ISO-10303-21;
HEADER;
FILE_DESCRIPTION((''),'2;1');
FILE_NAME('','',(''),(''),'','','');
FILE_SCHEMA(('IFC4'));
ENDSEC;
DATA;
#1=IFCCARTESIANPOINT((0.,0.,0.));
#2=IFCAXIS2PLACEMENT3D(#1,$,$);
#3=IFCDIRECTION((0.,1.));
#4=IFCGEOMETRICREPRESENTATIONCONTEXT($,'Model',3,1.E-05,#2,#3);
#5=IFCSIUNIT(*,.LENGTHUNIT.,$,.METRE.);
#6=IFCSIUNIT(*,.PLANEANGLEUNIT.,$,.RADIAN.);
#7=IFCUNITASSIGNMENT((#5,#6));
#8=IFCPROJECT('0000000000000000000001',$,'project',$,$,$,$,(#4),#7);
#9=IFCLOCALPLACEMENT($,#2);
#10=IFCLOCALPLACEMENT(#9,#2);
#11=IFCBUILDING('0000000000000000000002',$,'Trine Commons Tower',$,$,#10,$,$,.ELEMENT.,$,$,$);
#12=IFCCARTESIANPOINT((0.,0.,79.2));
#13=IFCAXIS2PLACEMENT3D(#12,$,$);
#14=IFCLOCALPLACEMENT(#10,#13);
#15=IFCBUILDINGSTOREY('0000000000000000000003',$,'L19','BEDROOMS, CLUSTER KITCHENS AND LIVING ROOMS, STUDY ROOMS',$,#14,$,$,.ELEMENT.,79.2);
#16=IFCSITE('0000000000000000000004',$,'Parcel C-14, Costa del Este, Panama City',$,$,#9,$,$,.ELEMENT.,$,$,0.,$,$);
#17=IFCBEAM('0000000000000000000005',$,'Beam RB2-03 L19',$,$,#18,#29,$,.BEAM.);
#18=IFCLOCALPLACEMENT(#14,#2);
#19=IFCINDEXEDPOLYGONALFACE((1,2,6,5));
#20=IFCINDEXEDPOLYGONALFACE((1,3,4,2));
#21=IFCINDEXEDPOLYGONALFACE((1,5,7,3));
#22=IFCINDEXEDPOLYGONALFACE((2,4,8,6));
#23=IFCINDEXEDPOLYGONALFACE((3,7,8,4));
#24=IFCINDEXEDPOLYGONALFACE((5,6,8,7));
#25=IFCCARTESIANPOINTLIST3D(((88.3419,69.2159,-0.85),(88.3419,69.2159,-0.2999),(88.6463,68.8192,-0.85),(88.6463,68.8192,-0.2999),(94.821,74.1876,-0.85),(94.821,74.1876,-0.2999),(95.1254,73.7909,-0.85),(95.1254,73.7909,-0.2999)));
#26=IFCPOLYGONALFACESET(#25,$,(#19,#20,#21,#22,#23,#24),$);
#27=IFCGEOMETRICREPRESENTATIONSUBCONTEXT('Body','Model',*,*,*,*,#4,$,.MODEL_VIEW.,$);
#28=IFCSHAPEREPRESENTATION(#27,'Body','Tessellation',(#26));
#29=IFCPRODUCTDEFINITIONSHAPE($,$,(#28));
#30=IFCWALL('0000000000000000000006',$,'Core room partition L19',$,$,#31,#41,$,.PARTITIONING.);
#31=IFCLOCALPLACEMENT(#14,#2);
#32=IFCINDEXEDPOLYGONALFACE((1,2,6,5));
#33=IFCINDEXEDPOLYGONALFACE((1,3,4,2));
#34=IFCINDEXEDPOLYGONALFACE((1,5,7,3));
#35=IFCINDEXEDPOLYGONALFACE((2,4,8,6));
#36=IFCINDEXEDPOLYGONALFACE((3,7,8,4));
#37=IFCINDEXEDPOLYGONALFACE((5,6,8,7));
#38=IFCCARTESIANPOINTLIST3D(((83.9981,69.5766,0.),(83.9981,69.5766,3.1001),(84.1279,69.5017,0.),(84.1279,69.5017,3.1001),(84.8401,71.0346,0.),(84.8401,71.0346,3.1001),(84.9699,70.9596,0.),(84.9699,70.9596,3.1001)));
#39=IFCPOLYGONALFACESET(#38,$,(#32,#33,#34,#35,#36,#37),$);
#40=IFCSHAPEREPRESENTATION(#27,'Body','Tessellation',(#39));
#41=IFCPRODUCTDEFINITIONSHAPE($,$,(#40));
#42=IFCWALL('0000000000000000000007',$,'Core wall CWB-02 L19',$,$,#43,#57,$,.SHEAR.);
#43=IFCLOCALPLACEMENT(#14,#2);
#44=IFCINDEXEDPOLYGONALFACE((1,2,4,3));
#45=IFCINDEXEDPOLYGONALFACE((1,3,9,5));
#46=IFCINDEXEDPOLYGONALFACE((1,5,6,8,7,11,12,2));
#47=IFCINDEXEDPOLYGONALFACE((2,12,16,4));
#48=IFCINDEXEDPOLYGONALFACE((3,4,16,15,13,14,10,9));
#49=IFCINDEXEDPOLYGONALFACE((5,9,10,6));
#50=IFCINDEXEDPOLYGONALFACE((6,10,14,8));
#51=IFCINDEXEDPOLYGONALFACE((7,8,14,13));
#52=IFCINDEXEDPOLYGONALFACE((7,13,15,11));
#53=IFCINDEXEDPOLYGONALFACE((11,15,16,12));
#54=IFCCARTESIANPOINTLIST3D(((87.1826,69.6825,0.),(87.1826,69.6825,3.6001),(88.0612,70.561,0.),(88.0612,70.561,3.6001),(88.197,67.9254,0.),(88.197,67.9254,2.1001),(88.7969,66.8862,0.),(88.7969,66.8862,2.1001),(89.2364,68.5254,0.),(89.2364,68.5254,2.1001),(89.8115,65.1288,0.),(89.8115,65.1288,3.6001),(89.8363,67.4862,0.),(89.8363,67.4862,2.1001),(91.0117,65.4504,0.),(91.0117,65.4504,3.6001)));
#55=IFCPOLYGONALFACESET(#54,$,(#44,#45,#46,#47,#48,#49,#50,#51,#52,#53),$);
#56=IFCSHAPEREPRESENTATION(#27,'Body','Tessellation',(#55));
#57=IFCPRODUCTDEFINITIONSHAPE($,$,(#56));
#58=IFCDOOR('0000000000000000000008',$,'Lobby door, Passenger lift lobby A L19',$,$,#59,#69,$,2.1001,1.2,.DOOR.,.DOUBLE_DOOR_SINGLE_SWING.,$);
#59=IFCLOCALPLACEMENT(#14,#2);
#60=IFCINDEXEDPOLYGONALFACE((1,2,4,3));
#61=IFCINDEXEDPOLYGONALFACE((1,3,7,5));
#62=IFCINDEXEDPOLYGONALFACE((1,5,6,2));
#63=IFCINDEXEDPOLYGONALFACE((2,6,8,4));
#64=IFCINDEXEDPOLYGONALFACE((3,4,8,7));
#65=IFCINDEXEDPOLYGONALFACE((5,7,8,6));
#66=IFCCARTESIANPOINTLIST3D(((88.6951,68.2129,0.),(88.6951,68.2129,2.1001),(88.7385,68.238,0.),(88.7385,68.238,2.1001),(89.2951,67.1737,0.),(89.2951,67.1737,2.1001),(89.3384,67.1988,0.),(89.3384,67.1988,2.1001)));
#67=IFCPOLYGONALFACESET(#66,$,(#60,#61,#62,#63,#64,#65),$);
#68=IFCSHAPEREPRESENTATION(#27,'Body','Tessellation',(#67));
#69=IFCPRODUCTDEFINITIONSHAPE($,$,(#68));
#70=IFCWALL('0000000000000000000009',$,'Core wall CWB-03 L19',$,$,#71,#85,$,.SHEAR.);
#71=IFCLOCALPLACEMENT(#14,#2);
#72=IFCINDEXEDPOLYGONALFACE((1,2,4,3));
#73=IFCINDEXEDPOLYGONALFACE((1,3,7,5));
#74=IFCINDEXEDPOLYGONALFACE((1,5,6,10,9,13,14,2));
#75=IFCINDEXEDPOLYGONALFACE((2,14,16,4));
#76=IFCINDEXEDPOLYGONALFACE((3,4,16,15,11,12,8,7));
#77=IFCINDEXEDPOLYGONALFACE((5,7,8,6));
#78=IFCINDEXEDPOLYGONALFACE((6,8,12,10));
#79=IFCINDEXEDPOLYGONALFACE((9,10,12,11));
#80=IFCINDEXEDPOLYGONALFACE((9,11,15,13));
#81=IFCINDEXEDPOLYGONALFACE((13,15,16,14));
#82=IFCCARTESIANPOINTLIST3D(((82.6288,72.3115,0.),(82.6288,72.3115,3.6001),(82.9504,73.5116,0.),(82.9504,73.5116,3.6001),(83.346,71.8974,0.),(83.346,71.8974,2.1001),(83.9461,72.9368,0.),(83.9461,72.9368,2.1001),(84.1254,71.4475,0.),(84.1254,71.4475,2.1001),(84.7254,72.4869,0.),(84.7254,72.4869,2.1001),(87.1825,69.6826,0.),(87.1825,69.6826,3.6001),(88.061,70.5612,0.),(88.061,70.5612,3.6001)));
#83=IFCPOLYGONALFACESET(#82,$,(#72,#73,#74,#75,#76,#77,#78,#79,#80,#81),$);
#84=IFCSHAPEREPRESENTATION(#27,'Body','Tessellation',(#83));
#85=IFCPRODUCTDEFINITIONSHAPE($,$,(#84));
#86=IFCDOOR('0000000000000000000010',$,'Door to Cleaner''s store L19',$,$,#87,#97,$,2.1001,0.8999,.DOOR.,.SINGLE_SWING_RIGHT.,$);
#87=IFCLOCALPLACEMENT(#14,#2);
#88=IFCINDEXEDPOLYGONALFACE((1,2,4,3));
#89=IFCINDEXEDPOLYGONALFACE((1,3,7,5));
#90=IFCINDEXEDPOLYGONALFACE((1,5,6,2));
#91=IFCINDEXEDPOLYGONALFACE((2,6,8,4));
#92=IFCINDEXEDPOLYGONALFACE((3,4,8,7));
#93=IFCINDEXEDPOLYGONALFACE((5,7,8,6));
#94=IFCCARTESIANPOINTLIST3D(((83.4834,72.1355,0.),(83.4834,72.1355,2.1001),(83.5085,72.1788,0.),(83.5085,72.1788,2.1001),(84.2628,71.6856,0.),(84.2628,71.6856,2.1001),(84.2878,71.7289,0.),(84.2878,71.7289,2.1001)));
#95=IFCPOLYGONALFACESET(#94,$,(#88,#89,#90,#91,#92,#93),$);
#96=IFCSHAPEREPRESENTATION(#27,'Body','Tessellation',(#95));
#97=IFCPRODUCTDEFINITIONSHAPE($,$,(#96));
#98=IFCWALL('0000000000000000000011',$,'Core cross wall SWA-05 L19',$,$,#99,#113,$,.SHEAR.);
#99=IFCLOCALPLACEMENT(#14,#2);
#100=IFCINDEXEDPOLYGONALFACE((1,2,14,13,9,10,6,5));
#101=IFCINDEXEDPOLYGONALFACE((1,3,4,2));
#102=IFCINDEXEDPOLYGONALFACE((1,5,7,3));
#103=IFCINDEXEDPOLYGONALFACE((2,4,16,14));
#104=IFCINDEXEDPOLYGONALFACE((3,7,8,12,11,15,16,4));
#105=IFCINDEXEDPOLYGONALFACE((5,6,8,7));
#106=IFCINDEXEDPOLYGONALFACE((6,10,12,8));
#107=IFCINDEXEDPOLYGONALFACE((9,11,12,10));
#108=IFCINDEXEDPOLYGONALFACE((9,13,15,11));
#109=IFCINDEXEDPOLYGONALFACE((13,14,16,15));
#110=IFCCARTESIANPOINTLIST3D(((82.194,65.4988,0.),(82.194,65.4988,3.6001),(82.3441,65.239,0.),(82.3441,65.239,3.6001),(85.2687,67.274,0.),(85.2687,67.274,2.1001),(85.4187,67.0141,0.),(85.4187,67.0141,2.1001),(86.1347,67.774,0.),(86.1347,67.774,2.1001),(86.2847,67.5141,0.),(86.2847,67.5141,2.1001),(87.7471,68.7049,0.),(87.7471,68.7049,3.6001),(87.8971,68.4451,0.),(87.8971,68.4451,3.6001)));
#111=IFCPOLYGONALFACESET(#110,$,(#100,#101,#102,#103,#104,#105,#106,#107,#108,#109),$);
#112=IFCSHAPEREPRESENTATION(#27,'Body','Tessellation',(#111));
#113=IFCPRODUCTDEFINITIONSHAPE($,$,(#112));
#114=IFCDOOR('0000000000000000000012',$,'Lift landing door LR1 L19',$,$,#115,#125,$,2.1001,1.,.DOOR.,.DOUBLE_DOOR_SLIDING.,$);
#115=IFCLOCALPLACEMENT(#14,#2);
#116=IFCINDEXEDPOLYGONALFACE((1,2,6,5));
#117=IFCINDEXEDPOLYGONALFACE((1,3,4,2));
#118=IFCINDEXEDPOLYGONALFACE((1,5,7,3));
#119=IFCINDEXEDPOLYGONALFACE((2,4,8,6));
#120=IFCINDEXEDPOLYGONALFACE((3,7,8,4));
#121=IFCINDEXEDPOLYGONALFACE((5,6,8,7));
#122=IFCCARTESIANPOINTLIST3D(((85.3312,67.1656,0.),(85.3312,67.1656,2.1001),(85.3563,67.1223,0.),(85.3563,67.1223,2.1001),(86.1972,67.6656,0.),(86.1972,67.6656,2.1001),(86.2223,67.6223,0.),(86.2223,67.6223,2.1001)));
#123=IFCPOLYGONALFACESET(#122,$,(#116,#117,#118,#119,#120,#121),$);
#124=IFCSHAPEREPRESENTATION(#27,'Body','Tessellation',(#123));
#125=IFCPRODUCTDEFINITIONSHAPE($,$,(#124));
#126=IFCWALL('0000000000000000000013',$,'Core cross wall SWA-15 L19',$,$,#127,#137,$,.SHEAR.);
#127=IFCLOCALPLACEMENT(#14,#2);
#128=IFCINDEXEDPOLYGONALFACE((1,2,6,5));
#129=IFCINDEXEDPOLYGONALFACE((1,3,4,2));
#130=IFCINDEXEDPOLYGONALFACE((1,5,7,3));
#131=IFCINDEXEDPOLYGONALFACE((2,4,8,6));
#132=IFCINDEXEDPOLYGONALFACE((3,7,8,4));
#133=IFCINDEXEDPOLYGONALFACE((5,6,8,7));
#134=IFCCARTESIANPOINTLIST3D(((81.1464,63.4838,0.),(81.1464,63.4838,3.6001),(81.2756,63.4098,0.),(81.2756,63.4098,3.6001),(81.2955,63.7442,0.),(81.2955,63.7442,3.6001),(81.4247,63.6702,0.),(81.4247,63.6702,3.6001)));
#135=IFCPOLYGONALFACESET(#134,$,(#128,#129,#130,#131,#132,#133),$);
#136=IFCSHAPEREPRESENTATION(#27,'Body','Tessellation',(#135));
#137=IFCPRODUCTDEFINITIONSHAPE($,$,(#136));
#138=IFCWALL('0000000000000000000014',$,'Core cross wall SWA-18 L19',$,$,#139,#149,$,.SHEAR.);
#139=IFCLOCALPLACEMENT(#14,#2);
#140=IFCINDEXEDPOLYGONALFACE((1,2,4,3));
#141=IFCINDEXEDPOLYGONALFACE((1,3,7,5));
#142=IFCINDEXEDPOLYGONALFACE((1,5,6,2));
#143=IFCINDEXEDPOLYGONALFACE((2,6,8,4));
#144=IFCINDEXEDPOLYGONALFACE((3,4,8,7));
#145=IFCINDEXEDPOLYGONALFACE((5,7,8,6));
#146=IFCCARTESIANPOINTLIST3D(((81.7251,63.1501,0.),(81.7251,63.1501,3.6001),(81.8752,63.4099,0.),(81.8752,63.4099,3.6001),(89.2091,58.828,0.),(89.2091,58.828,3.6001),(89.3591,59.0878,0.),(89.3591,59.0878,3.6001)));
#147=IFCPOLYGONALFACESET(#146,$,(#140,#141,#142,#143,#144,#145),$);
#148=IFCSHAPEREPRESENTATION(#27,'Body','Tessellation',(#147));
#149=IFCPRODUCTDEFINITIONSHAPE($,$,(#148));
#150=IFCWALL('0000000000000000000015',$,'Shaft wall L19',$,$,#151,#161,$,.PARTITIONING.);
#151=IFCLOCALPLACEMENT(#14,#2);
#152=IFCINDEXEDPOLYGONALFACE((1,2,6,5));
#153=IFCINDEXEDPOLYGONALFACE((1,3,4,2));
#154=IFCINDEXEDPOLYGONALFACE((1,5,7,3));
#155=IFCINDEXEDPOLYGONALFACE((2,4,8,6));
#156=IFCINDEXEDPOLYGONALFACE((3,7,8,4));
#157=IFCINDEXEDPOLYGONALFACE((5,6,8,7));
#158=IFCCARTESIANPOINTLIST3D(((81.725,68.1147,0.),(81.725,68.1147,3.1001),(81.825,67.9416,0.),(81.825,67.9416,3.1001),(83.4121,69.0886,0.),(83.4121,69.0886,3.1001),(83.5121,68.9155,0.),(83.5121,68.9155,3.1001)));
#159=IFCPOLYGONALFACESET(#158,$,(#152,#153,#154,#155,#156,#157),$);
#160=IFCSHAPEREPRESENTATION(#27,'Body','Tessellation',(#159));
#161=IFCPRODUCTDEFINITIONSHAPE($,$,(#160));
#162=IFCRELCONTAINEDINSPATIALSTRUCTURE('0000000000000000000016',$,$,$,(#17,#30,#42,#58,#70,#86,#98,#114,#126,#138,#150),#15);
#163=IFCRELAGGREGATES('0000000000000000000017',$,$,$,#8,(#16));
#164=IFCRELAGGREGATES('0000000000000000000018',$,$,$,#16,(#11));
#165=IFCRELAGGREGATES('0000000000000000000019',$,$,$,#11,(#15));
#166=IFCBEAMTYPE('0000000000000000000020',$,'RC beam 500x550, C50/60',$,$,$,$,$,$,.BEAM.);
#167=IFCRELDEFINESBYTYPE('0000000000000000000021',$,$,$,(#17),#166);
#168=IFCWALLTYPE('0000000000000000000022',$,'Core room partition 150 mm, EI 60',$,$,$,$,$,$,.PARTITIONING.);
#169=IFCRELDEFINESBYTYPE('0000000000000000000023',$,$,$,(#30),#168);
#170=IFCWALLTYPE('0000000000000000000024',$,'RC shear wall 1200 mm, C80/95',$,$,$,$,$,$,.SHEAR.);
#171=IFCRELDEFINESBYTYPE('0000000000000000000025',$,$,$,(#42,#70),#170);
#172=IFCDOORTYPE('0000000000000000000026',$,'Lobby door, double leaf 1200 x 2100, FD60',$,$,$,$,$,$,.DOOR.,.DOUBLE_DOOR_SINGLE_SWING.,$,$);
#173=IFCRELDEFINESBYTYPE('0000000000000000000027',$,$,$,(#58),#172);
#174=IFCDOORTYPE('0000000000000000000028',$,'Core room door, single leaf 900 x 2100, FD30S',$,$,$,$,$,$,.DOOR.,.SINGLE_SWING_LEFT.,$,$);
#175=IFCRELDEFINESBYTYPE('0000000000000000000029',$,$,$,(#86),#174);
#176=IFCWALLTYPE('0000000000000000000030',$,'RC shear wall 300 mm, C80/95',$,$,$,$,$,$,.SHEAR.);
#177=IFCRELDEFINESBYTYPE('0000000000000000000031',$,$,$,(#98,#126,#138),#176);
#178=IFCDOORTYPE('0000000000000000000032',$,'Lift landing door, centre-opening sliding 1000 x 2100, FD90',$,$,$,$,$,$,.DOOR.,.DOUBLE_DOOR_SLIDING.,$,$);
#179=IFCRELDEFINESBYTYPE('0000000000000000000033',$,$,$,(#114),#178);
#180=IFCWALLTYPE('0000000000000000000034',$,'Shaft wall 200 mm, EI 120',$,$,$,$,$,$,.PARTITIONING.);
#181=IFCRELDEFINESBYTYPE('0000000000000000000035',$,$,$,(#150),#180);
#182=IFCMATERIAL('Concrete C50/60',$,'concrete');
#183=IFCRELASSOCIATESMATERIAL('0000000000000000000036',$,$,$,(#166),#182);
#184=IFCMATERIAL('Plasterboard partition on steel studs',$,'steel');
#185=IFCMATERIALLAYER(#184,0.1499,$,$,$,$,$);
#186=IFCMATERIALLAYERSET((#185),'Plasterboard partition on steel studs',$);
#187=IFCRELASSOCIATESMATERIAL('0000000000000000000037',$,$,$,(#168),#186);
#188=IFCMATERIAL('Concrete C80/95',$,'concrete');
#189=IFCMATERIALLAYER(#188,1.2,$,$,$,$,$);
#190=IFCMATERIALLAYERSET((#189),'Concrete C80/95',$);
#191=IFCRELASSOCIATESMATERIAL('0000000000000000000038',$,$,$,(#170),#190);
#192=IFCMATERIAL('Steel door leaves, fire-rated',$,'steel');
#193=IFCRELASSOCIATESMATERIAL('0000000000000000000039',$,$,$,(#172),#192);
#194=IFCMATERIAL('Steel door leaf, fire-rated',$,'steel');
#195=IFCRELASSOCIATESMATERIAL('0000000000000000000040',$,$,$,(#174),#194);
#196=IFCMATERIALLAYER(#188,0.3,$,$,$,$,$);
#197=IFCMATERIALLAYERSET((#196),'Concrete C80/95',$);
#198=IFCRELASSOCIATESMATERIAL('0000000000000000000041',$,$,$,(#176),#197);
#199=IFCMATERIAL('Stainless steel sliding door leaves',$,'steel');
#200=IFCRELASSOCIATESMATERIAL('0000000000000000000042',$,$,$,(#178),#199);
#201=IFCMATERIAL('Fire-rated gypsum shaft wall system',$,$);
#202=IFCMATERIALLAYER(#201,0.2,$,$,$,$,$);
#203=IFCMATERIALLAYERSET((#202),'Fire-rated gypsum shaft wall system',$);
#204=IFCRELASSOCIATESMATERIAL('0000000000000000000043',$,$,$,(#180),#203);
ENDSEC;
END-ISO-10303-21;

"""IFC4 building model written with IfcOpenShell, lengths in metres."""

from ifc_helpers import new_model, si_unit, direction, frame, frame_2d, origin, origin_2d, place, context, subcontext, project, spatial, polyline, rectangle, outline, extrude, material, layer, layer_set, material_profile, profile_set, type_object, element, fill, save


model = new_model("IFC4")

# Units and contexts
model_context = context("Model", 3, precision=1e-05, world=origin(), true_north=direction((0.0, 1.0)))
body_context = subcontext(model_context, "Body", "Model", "MODEL_VIEW")
ifc_project = project(units=[si_unit("LENGTHUNIT", "METRE"), si_unit("PLANEANGLEUNIT", "RADIAN")], contexts=[model_context])

# Site, building, storey
site_placement = place(None, origin())
site = spatial("IfcSite", under=ifc_project, at=site_placement, Name="Parcel C-14, Costa del Este, Panama City", CompositionType="ELEMENT", RefElevation=0.0)
building_placement = place(site_placement, origin())
building = spatial("IfcBuilding", under=site, at=building_placement, Name="Trine Commons Tower", CompositionType="ELEMENT")
storey_placement = place(building_placement, frame((0.0, 0.0, 79.2)))
storey = spatial("IfcBuildingStorey", under=building, at=storey_placement, Name="L19", Description="BEDROOMS, CLUSTER KITCHENS AND LIVING ROOMS, STUDY ROOMS", CompositionType="ELEMENT", Elevation=79.2)

# Beam
ifc_material_1 = material(Name="Concrete C50/60", Category="concrete")
ifc_material_profile = material_profile(ifc_material_1, rectangle(XDim=0.5, YDim=0.55, at=origin_2d()), Name="RC 500x550")
ifc_profile_set = profile_set([ifc_material_profile], Name="Concrete C50/60")
beam_type = type_object("IfcBeamType", Name="RC beam 500x550, C50/60", PredefinedType="BEAM", material=ifc_profile_set)
beam_placement = place(storey_placement, frame((88.4941, 69.0176, -0.575), z_axis=(0.793344, 0.608774, 0.0), x_axis=(-0.608774, 0.793344, 0.0)))
element("IfcBeam", 1, at=beam_placement, inside=storey, type_object=beam_type, Name="Beam RB2-03 L19", PredefinedType="BEAM", context=body_context, shape_type="SweptSolid", body=[
    extrude(rectangle(XDim=0.5, YDim=0.55, at=origin_2d()), origin(), (0.0, 0.0, 1.0), 8.1667),
])

# Wall
ifc_material_2 = material(Name="Plasterboard partition on steel studs", Category="steel")
ifc_layer_1 = layer(ifc_material_2, 0.1499)
ifc_layer_set_1 = layer_set([ifc_layer_1], Name="Plasterboard partition on steel studs")
wall_type_1 = type_object("IfcWallType", Name="Core room partition 150 mm, EI 60", PredefinedType="PARTITIONING", material=ifc_layer_set_1)
wall_1_placement = place(storey_placement, frame((84.905, 70.9971, 0.0), z_axis=(0.0, 0.0, 1.0), x_axis=(-0.500116, -0.865959, 0.0)))
element("IfcWall", 2, at=wall_1_placement, inside=storey, type_object=wall_type_1, Name="Core room partition L19", PredefinedType="PARTITIONING", context=body_context, shape_type="SweptSolid", body=[
    extrude(rectangle(XDim=1.6836, YDim=0.1499, at=frame_2d((0.8418, 0.0))), origin(), (0.0, 0.0, 1.0), 3.1001),
])

# Walls, openings, doors
ifc_material_3 = material(Name="Concrete C80/95", Category="concrete")
ifc_layer_2 = layer(ifc_material_3, 1.2)
ifc_layer_set_2 = layer_set([ifc_layer_2], Name="Concrete C80/95")
wall_type_2 = type_object("IfcWallType", Name="RC shear wall 1200 mm, C80/95", PredefinedType="SHEAR", material=ifc_layer_set_2)
wall_2_placement = place(storey_placement, frame((90.4919, 65.1504, 0.0), z_axis=(0.0, 0.0, 1.0), x_axis=(-0.499979, 0.866037, 0.0)))
wall_2 = element("IfcWall", 3, at=wall_2_placement, inside=storey, type_object=wall_type_2, Name="Core wall CWB-02 L19", PredefinedType="SHEAR", context=body_context, shape_type="SweptSolid", body=[
    extrude(outline(polyline([(0.0, -0.6001), (5.9011, -0.6001), (5.5796, 0.6001), (0.3215, 0.6001), (0.0, -0.6001)])), origin(), (0.0, 0.0, 1.0), 3.6001),
])
opening_1_placement = place(wall_2_placement, frame((2.3506, 0.0, 0.0)))
opening_1 = element("IfcOpeningElement", 4, at=opening_1_placement, cuts=wall_2, PredefinedType="OPENING", context=body_context, shape_type="SweptSolid", body=[
    extrude(rectangle(XDim=1.2, YDim=2.1001, at=frame_2d((0.6001, 1.05))), frame((0.0, 0.6099, 0.0), z_axis=(0.0, -1.0, 0.0), x_axis=(1.0, 0.0, 0.0)), (0.0, 0.0, 1.0), 1.22),
])
ifc_material_4 = material(Name="Steel door leaves, fire-rated", Category="steel")
door_type_1 = type_object("IfcDoorType", Name="Lobby door, double leaf 1200 x 2100, FD60", OperationType="DOUBLE_DOOR_SINGLE_SWING", PredefinedType="DOOR", material=ifc_material_4)
door_1_placement = place(opening_1_placement, origin())
door_1 = element("IfcDoor", 5, at=door_1_placement, inside=storey, type_object=door_type_1, Name="Lobby door, Passenger lift lobby A L19", OperationType="DOUBLE_DOOR_SINGLE_SWING", OverallHeight=2.1001, OverallWidth=1.2, PredefinedType="DOOR", context=body_context, shape_type="SweptSolid", body=[
    extrude(rectangle(XDim=1.2, YDim=2.1001, at=frame_2d((0.6001, 1.05))), frame((0.0, 0.0249, 0.0), z_axis=(0.0, -1.0, 0.0), x_axis=(1.0, 0.0, 0.0)), (0.0, 0.0, 1.0), 0.05),
])
fill(opening_1, door_1)
wall_3_placement = place(storey_placement, frame((87.761, 70.0415, 0.0), z_axis=(0.0, 0.0, 1.0), x_axis=(-0.866037, 0.499979, 0.0)))
wall_3 = element("IfcWall", 6, at=wall_3_placement, inside=storey, type_object=wall_type_2, Name="Core wall CWB-03 L19", PredefinedType="SHEAR", context=body_context, shape_type="SweptSolid", body=[
    extrude(outline(polyline([(0.0, -0.6001), (5.9011, -0.6001), (5.5796, 0.6001), (0.3215, 0.6001), (0.0, -0.6001)])), origin(), (0.0, 0.0, 1.0), 3.6001),
])
opening_2_placement = place(wall_3_placement, frame((3.8516, 0.0, 0.0)))
opening_2 = element("IfcOpeningElement", 7, at=opening_2_placement, cuts=wall_3, PredefinedType="OPENING", context=body_context, shape_type="SweptSolid", body=[
    extrude(rectangle(XDim=0.8999, YDim=2.1001, at=frame_2d((0.45, 1.05))), frame((0.0, 0.6099, 0.0), z_axis=(0.0, -1.0, 0.0), x_axis=(1.0, 0.0, 0.0)), (0.0, 0.0, 1.0), 1.22),
])
ifc_material_5 = material(Name="Steel door leaf, fire-rated", Category="steel")
door_type_2 = type_object("IfcDoorType", Name="Core room door, single leaf 900 x 2100, FD30S", OperationType="SINGLE_SWING_LEFT", PredefinedType="DOOR", material=ifc_material_5)
door_2_placement = place(opening_2_placement, origin())
door_2 = element("IfcDoor", 8, at=door_2_placement, inside=storey, type_object=door_type_2, Name="Door to Cleaner's store L19", OperationType="SINGLE_SWING_RIGHT", OverallHeight=2.1001, OverallWidth=0.8999, PredefinedType="DOOR", context=body_context, shape_type="SweptSolid", body=[
    extrude(rectangle(XDim=0.8999, YDim=2.1001, at=frame_2d((0.45, 1.05))), frame((0.0, 0.3252, 0.0), z_axis=(0.0, -1.0, 0.0), x_axis=(1.0, 0.0, 0.0)), (0.0, 0.0, 1.0), 0.05),
])
fill(opening_2, door_2)
ifc_layer_3 = layer(ifc_material_3, 0.3)
ifc_layer_set_3 = layer_set([ifc_layer_3], Name="Concrete C80/95")
wall_type_3 = type_object("IfcWallType", Name="RC shear wall 300 mm, C80/95", PredefinedType="SHEAR", material=ifc_layer_set_3)
wall_4_placement = place(storey_placement, frame((82.269, 65.3689, 0.0), z_axis=(0.0, 0.0, 1.0), x_axis=(0.866023, 0.500005, 0.0)))
wall_4 = element("IfcWall", 9, at=wall_4_placement, inside=storey, type_object=wall_type_3, Name="Core cross wall SWA-05 L19", PredefinedType="SHEAR", context=body_context, shape_type="SweptSolid", body=[
    extrude(rectangle(XDim=6.4121, YDim=0.3, at=frame_2d((3.2061, 0.0))), origin(), (0.0, 0.0, 1.0), 3.6001),
])
opening_3_placement = place(wall_4_placement, frame((3.5503, 0.0, 0.0)))
opening_3 = element("IfcOpeningElement", 10, at=opening_3_placement, cuts=wall_4, PredefinedType="OPENING", context=body_context, shape_type="SweptSolid", body=[
    extrude(rectangle(XDim=1.0, YDim=2.1001, at=frame_2d((0.5, 1.05))), frame((0.0, 0.1599, 0.0), z_axis=(0.0, -1.0, 0.0), x_axis=(1.0, 0.0, 0.0)), (0.0, 0.0, 1.0), 0.3201),
])
ifc_material_6 = material(Name="Stainless steel sliding door leaves", Category="steel")
door_type_3 = type_object("IfcDoorType", Name="Lift landing door, centre-opening sliding 1000 x 2100, FD90", OperationType="DOUBLE_DOOR_SLIDING", PredefinedType="DOOR", material=ifc_material_6)
door_3_placement = place(opening_3_placement, origin())
door_3 = element("IfcDoor", 11, at=door_3_placement, inside=storey, type_object=door_type_3, Name="Lift landing door LR1 L19", OperationType="DOUBLE_DOOR_SLIDING", OverallHeight=2.1001, OverallWidth=1.0, PredefinedType="DOOR", context=body_context, shape_type="SweptSolid", body=[
    extrude(rectangle(XDim=1.0, YDim=2.1001, at=frame_2d((0.5, 1.05))), frame((0.0, 0.0249, 0.0), z_axis=(0.0, -1.0, 0.0), x_axis=(1.0, 0.0, 0.0)), (0.0, 0.0, 1.0), 0.05),
])
fill(opening_3, door_3)

# Walls
wall_5_placement = place(storey_placement, frame((81.2209, 63.614, 0.0), z_axis=(0.0, 0.0, 1.0), x_axis=(0.867738, -0.497022, 0.0)))
element("IfcWall", 12, at=wall_5_placement, inside=storey, type_object=wall_type_3, Name="Core cross wall SWA-15 L19", PredefinedType="SHEAR", context=body_context, shape_type="SweptSolid", body=[
    extrude(rectangle(XDim=0.1489, YDim=0.3, at=frame_2d((0.0745, 0.0))), origin(), (0.0, 0.0, 1.0), 3.6001),
])
wall_6_placement = place(storey_placement, frame((81.8, 63.28, 0.0), z_axis=(0.0, 0.0, 1.0), x_axis=(0.865965, -0.500104, 0.0)))
element("IfcWall", 13, at=wall_6_placement, inside=storey, type_object=wall_type_3, Name="Core cross wall SWA-18 L19", PredefinedType="SHEAR", context=body_context, shape_type="SweptSolid", body=[
    extrude(rectangle(XDim=8.6423, YDim=0.3, at=frame_2d((4.3213, 0.0))), origin(), (0.0, 0.0, 1.0), 3.6001),
])
ifc_material_7 = material(Name="Fire-rated gypsum shaft wall system")
ifc_layer_4 = layer(ifc_material_7, 0.2)
ifc_layer_set_4 = layer_set([ifc_layer_4], Name="Fire-rated gypsum shaft wall system")
wall_type_4 = type_object("IfcWallType", Name="Shaft wall 200 mm, EI 120", PredefinedType="PARTITIONING", material=ifc_layer_set_4)
wall_7_placement = place(storey_placement, frame((81.7749, 68.0281, 0.0), z_axis=(0.0, 0.0, 1.0), x_axis=(0.866052, 0.499954, 0.0)))
element("IfcWall", 14, at=wall_7_placement, inside=storey, type_object=wall_type_4, Name="Shaft wall L19", PredefinedType="PARTITIONING", context=body_context, shape_type="SweptSolid", body=[
    extrude(rectangle(XDim=1.948, YDim=0.2, at=frame_2d((0.9741, 0.0))), origin(), (0.0, 0.0, 1.0), 3.1001),
])

save(model, "model.ifc")
